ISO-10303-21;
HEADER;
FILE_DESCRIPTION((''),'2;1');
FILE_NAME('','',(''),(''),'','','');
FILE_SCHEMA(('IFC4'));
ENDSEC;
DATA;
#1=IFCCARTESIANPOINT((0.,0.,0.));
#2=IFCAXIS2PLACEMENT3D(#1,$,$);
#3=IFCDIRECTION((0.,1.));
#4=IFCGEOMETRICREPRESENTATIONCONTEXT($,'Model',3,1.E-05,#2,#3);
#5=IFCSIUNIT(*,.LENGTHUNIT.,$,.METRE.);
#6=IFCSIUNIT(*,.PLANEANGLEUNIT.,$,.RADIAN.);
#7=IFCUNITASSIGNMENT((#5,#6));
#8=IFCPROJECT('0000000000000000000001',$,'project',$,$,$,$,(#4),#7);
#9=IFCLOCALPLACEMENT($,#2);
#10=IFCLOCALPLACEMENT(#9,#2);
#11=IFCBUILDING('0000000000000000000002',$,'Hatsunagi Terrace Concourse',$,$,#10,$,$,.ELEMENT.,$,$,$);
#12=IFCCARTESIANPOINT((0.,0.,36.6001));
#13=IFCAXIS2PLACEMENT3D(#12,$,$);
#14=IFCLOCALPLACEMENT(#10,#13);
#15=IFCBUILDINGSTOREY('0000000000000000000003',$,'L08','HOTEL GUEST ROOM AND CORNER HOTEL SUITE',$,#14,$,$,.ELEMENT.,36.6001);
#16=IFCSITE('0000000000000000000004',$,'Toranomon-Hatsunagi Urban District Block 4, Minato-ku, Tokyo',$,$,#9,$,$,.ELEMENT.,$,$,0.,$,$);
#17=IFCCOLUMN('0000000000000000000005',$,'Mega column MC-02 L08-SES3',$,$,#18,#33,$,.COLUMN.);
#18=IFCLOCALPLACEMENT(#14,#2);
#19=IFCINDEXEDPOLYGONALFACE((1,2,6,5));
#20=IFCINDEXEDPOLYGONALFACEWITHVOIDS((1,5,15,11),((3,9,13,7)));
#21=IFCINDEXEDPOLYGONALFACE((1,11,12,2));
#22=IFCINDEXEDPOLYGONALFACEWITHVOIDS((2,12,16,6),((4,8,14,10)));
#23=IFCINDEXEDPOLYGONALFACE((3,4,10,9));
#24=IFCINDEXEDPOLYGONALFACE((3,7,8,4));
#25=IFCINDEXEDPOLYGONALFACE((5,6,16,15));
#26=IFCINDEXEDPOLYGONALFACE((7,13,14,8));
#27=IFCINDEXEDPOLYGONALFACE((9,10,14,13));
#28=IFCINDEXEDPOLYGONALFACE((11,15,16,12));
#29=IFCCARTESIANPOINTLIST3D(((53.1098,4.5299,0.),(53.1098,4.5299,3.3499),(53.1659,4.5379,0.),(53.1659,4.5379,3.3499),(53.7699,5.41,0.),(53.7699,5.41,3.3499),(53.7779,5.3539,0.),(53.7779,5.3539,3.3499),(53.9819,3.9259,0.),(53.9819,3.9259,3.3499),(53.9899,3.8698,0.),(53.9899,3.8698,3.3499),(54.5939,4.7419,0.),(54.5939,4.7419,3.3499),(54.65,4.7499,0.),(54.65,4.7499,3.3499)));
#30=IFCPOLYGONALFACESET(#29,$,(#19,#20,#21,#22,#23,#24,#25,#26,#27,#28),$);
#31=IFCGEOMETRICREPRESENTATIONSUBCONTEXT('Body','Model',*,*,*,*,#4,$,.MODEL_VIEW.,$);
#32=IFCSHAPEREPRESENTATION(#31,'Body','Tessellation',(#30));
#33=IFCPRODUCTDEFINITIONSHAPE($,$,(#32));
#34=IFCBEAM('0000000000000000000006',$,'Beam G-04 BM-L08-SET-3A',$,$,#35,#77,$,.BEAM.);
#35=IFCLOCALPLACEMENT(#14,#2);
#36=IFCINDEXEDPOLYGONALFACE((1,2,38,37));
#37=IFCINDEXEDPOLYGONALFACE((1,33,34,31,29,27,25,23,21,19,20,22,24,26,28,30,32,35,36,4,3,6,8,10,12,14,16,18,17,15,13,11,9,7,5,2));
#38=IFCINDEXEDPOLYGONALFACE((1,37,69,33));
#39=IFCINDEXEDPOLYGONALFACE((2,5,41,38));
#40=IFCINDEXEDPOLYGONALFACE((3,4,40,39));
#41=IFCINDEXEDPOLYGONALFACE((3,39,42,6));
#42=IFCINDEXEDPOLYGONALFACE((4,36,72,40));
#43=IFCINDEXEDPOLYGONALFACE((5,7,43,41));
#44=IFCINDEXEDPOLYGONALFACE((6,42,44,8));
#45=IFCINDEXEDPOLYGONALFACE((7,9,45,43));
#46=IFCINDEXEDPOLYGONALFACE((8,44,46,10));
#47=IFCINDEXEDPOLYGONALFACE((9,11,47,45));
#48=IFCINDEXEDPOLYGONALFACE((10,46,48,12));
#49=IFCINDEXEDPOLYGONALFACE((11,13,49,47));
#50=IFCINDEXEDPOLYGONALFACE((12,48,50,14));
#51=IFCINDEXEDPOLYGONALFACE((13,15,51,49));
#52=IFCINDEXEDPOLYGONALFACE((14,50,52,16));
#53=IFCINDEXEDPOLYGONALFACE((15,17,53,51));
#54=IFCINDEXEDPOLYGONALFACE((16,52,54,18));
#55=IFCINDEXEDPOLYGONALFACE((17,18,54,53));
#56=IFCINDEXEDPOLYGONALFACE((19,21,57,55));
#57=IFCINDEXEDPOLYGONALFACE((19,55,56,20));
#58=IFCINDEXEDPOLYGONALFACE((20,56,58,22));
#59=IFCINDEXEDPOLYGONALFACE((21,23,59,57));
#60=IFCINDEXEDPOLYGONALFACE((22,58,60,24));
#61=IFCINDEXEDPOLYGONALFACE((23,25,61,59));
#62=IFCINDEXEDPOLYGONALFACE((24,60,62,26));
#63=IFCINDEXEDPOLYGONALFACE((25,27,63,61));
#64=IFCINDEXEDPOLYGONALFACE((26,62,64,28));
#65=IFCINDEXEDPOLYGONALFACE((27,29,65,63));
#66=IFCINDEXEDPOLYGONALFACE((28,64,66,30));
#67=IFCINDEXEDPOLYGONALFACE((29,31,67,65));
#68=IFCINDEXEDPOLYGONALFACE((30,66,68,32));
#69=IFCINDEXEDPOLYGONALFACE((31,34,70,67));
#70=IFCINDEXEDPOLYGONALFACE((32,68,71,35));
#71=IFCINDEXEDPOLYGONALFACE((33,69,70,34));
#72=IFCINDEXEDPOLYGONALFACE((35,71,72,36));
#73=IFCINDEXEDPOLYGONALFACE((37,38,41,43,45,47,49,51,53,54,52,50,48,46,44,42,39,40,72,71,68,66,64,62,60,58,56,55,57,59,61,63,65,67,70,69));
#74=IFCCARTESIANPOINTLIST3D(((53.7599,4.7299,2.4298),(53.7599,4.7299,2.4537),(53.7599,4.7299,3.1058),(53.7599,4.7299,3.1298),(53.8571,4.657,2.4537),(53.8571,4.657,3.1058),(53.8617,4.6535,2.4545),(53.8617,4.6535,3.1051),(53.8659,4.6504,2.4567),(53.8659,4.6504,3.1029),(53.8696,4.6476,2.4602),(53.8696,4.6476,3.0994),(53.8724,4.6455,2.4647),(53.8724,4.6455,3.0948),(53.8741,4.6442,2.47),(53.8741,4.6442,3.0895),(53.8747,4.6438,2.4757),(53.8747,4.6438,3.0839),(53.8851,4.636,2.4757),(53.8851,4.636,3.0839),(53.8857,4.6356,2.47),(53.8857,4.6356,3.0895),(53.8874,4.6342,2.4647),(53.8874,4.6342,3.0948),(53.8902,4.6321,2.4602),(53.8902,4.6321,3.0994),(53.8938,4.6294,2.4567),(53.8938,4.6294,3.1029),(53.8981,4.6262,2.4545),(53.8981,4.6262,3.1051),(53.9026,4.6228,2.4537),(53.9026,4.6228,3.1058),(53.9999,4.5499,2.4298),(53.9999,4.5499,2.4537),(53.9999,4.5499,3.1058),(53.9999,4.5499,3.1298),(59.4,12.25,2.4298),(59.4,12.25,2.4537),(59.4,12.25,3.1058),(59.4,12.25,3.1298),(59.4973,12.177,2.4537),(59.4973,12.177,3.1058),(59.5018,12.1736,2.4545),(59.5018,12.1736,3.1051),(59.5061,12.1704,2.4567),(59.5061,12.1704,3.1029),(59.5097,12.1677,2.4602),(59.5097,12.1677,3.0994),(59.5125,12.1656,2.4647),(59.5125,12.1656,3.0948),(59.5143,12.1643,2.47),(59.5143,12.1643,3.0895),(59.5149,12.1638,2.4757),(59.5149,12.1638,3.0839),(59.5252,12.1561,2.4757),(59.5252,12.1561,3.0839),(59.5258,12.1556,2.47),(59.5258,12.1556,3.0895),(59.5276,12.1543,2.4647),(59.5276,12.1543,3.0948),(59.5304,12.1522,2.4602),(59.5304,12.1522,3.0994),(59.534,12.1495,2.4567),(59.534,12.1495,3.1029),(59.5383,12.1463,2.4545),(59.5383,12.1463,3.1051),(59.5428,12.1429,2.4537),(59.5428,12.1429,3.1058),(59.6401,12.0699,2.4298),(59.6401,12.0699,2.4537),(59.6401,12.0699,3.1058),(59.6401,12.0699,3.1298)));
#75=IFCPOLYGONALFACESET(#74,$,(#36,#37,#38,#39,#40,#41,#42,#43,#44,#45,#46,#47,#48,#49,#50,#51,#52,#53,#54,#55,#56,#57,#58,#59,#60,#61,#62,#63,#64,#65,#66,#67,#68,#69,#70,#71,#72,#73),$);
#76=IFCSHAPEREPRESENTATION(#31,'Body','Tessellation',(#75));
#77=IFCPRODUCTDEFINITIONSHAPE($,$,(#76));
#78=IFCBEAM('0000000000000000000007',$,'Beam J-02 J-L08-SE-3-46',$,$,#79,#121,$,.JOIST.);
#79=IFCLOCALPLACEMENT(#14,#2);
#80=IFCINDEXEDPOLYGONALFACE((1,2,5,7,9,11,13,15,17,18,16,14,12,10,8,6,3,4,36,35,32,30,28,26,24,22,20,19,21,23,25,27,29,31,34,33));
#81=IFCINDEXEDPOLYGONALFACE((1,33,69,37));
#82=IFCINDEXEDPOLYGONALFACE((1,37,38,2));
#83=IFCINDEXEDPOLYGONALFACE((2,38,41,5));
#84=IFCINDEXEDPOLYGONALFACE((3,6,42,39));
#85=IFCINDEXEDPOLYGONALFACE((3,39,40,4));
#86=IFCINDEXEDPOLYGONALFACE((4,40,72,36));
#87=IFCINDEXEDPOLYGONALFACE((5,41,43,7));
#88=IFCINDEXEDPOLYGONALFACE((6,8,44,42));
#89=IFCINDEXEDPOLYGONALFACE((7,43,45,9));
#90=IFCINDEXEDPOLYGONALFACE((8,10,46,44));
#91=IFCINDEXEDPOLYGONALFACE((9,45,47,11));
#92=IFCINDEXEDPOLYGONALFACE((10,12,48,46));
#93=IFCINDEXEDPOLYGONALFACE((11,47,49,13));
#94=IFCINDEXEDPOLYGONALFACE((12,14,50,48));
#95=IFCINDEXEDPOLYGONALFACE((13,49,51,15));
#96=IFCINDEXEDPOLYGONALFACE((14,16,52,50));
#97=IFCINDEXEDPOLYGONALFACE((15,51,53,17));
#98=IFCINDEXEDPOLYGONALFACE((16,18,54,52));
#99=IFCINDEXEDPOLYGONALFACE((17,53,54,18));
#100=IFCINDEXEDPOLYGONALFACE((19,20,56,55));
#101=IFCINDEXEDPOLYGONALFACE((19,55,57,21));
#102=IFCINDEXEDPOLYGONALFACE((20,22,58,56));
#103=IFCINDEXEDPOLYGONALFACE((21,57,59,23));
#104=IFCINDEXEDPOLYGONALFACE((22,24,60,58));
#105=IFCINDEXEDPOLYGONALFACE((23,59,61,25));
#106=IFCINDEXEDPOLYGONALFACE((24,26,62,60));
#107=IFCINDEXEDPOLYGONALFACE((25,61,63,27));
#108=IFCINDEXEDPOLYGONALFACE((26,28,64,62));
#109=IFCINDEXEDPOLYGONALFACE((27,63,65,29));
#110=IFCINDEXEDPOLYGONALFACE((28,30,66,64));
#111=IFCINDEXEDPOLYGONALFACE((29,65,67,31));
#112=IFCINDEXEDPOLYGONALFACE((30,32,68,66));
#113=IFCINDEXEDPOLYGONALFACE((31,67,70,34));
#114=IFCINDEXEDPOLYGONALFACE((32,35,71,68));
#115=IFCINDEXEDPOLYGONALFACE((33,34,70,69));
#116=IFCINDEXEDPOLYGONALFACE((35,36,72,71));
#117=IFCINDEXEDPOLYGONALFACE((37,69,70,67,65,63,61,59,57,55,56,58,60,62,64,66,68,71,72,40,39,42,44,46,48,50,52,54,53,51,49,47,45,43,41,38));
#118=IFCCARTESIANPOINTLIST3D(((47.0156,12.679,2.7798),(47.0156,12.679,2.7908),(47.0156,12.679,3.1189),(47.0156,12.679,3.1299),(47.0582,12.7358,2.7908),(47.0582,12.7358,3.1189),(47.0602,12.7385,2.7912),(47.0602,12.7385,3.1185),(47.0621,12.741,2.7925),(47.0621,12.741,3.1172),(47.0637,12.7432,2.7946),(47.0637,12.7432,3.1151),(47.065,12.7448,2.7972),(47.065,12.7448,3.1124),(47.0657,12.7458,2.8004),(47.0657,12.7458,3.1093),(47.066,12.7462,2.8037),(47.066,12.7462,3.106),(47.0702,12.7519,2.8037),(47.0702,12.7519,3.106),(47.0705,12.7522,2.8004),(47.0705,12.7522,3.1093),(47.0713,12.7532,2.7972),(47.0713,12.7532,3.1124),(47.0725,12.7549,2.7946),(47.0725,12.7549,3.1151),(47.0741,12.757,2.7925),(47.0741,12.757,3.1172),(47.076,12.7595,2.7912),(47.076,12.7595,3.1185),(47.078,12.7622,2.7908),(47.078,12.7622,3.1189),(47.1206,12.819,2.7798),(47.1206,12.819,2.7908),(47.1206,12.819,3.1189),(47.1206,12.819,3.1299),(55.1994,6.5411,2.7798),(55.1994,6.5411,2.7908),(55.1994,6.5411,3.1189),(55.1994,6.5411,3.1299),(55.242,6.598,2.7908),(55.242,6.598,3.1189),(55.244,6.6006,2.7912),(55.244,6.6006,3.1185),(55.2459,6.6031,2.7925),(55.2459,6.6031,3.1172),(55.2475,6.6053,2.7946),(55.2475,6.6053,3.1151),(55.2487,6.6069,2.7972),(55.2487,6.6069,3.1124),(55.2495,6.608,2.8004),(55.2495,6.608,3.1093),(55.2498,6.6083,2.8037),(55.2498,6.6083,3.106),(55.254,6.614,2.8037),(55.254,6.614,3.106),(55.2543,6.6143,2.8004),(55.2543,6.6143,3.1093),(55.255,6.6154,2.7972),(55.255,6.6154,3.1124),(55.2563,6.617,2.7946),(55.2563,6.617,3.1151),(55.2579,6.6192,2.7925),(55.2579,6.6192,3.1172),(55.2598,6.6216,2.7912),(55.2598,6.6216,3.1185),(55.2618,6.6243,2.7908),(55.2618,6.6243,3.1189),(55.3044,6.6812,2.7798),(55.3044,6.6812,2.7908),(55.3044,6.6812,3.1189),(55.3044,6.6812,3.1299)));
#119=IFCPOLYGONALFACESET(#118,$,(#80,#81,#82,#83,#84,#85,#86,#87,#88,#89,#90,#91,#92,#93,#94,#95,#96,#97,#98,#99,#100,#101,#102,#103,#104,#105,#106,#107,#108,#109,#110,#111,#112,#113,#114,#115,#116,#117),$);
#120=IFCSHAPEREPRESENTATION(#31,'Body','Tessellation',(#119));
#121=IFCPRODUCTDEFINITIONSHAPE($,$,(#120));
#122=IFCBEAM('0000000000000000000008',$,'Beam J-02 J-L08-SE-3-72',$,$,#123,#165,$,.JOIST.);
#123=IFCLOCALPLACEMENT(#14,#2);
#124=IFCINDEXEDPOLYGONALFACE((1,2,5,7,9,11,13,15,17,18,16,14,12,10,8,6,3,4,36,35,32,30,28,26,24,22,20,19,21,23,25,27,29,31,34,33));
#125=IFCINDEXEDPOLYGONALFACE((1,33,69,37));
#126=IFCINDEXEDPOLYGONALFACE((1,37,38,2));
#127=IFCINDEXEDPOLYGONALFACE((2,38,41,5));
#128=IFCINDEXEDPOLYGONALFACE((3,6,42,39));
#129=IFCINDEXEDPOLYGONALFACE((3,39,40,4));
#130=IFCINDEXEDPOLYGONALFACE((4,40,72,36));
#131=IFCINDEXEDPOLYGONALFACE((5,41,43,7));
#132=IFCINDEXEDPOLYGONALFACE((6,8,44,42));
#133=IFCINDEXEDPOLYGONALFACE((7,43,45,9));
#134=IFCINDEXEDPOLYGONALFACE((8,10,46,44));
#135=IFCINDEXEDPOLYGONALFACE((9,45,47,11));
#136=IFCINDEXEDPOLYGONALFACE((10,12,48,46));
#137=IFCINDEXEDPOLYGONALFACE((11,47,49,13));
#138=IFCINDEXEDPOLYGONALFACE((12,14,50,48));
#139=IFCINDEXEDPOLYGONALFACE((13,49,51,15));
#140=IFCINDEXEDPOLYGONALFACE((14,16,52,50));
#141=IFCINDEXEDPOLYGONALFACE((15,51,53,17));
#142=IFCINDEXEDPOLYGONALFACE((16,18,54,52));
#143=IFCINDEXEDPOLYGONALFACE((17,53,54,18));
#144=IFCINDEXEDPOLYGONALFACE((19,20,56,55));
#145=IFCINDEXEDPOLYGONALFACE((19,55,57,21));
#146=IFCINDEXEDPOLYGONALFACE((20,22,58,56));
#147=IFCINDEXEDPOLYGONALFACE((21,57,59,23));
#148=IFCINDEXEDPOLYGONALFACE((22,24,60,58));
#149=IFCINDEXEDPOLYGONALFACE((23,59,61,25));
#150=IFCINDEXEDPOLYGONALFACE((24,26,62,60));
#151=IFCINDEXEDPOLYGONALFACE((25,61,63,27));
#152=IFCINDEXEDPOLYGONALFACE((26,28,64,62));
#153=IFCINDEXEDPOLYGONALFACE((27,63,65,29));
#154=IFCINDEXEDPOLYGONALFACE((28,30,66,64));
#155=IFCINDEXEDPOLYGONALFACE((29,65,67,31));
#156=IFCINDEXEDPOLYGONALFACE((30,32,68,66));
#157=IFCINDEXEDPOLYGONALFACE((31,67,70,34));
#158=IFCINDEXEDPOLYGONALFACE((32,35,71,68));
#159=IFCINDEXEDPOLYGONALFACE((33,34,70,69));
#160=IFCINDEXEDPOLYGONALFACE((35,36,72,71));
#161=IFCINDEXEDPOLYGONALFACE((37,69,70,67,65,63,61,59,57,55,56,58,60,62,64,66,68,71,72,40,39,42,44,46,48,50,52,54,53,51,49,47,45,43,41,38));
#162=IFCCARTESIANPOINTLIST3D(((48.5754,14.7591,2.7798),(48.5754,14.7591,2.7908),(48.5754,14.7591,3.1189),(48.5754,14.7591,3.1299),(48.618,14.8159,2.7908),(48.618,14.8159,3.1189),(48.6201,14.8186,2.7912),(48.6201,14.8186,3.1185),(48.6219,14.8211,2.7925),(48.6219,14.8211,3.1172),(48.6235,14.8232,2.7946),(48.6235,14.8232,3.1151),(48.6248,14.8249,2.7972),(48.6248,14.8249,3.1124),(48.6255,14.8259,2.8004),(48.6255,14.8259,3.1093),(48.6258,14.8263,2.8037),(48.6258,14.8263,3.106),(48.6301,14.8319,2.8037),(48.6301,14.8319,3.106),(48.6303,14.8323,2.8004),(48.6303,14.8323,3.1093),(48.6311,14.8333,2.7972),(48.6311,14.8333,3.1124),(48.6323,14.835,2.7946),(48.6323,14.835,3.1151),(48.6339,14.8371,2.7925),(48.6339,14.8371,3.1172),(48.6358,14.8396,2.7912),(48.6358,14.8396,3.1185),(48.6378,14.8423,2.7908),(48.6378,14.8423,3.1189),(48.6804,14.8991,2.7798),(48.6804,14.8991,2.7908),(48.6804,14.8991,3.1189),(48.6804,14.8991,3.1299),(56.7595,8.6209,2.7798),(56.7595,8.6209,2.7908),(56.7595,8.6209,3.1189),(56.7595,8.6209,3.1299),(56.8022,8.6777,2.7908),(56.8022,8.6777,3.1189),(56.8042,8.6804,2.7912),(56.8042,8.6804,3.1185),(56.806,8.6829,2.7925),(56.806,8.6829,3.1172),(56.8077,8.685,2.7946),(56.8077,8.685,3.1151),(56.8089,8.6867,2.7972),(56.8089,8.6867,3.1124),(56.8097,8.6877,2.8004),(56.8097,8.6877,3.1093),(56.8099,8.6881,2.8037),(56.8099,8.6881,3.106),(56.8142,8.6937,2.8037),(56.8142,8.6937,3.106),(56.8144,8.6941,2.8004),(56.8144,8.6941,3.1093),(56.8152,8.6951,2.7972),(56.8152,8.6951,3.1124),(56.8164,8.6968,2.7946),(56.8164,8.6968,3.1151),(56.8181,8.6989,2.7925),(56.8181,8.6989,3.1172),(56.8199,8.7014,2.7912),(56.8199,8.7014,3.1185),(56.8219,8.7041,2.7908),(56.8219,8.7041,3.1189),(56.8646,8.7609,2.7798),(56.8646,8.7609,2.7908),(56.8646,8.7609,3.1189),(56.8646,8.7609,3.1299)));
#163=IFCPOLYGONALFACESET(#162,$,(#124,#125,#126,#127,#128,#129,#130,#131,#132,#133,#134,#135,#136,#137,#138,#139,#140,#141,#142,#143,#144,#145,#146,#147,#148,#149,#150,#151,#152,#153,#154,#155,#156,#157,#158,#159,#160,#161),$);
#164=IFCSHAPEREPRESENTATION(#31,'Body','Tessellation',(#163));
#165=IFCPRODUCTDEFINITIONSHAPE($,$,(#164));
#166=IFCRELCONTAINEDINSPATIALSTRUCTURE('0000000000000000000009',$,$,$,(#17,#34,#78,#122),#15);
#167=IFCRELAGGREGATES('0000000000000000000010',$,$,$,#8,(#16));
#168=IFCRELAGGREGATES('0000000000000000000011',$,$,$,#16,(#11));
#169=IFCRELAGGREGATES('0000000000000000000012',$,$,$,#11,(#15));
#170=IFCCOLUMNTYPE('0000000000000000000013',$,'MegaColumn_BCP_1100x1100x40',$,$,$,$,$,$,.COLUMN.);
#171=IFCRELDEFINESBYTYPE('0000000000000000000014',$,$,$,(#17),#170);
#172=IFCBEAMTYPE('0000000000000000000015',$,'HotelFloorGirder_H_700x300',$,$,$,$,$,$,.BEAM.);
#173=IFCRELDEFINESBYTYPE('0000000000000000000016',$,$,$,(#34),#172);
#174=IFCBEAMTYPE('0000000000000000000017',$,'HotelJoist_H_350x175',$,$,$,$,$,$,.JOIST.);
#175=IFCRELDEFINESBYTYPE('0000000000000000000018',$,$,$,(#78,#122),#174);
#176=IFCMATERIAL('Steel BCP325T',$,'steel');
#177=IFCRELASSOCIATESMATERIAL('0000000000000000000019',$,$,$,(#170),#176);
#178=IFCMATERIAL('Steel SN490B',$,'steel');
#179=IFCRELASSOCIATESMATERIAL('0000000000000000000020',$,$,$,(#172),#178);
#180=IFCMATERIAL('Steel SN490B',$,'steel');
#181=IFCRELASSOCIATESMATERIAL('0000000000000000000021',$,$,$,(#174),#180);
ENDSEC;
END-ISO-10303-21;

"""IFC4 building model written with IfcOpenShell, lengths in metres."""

from ifc_helpers import new_model, si_unit, direction, frame, origin, origin_2d, place, context, subcontext, project, spatial, hollow_rectangle, i_section, extrude, material, material_profile, profile_set, type_object, element, save


model = new_model("IFC4")

# Units and contexts
model_context = context("Model", 3, precision=1e-05, world=origin(), true_north=direction((0.0, 1.0)))
body_context = subcontext(model_context, "Body", "Model", "MODEL_VIEW")
ifc_project = project(units=[si_unit("LENGTHUNIT", "METRE"), si_unit("PLANEANGLEUNIT", "RADIAN")], contexts=[model_context])

# Site, building, storey
site_placement = place(None, origin())
site = spatial("IfcSite", under=ifc_project, at=site_placement, Name="Toranomon-Hatsunagi Urban District Block 4, Minato-ku, Tokyo", CompositionType="ELEMENT", RefElevation=0.0)
building_placement = place(site_placement, origin())
building = spatial("IfcBuilding", under=site, at=building_placement, Name="Hatsunagi Terrace Concourse", CompositionType="ELEMENT")
storey_placement = place(building_placement, frame((0.0, 0.0, 36.6001)))
storey = spatial("IfcBuildingStorey", under=building, at=storey_placement, Name="L08", Description="HOTEL GUEST ROOM AND CORNER HOTEL SUITE", CompositionType="ELEMENT", Elevation=36.6001)

# Column
ifc_material_1 = material(Name="Steel BCP325T", Category="steel")
ifc_material_profile_1 = material_profile(ifc_material_1, hollow_rectangle(XDim=1.1001, YDim=1.1001, WallThickness=0.04, at=origin_2d()), Name="BCP-1100x1100x40")
ifc_profile_set_1 = profile_set([ifc_material_profile_1], Name="Steel BCP325T")
column_type = type_object("IfcColumnType", Name="MegaColumn_BCP_1100x1100x40", PredefinedType="COLUMN", material=ifc_profile_set_1)
column_placement = place(storey_placement, frame((53.8799, 4.6399, 0.0), z_axis=(0.0, 0.0, 1.0), x_axis=(0.8, -0.6, 0.0)))
element("IfcColumn", 1, at=column_placement, inside=storey, type_object=column_type, Name="Mega column MC-02 L08-SES3", PredefinedType="COLUMN", context=body_context, shape_type="SweptSolid", body=[
    extrude(hollow_rectangle(XDim=1.1001, YDim=1.1001, WallThickness=0.04, at=origin_2d()), origin(), (0.0, 0.0, 1.0), 3.3499),
])

# Beams
ifc_material_2 = material(Name="Steel SN490B", Category="steel")
ifc_material_profile_2 = material_profile(ifc_material_2, i_section(OverallWidth=0.3, OverallDepth=0.7, WebThickness=0.0129, FlangeThickness=0.0239, FilletRadius=0.022, at=origin_2d()), Name="H-700x300x13x24")
ifc_profile_set_2 = profile_set([ifc_material_profile_2], Name="Steel SN490B")
beam_type_1 = type_object("IfcBeamType", Name="HotelFloorGirder_H_700x300", PredefinedType="BEAM", material=ifc_profile_set_2)
beam_1_placement = place(storey_placement, frame((53.8799, 4.6399, 2.7798), z_axis=(0.600008, 0.799994, 0.0), x_axis=(-0.799994, 0.600008, 0.0)))
element("IfcBeam", 2, at=beam_1_placement, inside=storey, type_object=beam_type_1, Name="Beam G-04 BM-L08-SET-3A", PredefinedType="BEAM", context=body_context, shape_type="SweptSolid", body=[
    extrude(i_section(OverallWidth=0.3, OverallDepth=0.7, WebThickness=0.0129, FlangeThickness=0.0239, FilletRadius=0.022, at=origin_2d()), origin(), (0.0, 0.0, 1.0), 9.4001),
])
ifc_material_3 = material(Name="Steel SN490B", Category="steel")
ifc_material_profile_3 = material_profile(ifc_material_3, i_section(OverallWidth=0.175, OverallDepth=0.3501, WebThickness=0.0071, FlangeThickness=0.011, FilletRadius=0.0129, at=origin_2d()), Name="H-350x175x7x11")
ifc_profile_set_3 = profile_set([ifc_material_profile_3], Name="Steel SN490B")
beam_type_2 = type_object("IfcBeamType", Name="HotelJoist_H_350x175", PredefinedType="JOIST", material=ifc_profile_set_3)
beam_2_placement = place(storey_placement, frame((47.0681, 12.749, 2.9548), z_axis=(0.799997, -0.600004, 0.0), x_axis=(0.600004, 0.799997, 0.0)))
element("IfcBeam", 3, at=beam_2_placement, inside=storey, type_object=beam_type_2, Name="Beam J-02 J-L08-SE-3-46", PredefinedType="JOIST", context=body_context, shape_type="SweptSolid", body=[
    extrude(i_section(OverallWidth=0.175, OverallDepth=0.3501, WebThickness=0.0071, FlangeThickness=0.011, FilletRadius=0.0129, at=origin_2d()), origin(), (0.0, 0.0, 1.0), 10.2297),
])
beam_3_placement = place(storey_placement, frame((48.6279, 14.8291, 2.9548), z_axis=(0.799994, -0.600008, 0.0), x_axis=(0.600008, 0.799994, 0.0)))
element("IfcBeam", 4, at=beam_3_placement, inside=storey, type_object=beam_type_2, Name="Beam J-02 J-L08-SE-3-72", PredefinedType="JOIST", context=body_context, shape_type="SweptSolid", body=[
    extrude(i_section(OverallWidth=0.175, OverallDepth=0.3501, WebThickness=0.0071, FlangeThickness=0.011, FilletRadius=0.0129, at=origin_2d()), origin(), (0.0, 0.0, 1.0), 10.2302),
])

save(model, "model.ifc")
